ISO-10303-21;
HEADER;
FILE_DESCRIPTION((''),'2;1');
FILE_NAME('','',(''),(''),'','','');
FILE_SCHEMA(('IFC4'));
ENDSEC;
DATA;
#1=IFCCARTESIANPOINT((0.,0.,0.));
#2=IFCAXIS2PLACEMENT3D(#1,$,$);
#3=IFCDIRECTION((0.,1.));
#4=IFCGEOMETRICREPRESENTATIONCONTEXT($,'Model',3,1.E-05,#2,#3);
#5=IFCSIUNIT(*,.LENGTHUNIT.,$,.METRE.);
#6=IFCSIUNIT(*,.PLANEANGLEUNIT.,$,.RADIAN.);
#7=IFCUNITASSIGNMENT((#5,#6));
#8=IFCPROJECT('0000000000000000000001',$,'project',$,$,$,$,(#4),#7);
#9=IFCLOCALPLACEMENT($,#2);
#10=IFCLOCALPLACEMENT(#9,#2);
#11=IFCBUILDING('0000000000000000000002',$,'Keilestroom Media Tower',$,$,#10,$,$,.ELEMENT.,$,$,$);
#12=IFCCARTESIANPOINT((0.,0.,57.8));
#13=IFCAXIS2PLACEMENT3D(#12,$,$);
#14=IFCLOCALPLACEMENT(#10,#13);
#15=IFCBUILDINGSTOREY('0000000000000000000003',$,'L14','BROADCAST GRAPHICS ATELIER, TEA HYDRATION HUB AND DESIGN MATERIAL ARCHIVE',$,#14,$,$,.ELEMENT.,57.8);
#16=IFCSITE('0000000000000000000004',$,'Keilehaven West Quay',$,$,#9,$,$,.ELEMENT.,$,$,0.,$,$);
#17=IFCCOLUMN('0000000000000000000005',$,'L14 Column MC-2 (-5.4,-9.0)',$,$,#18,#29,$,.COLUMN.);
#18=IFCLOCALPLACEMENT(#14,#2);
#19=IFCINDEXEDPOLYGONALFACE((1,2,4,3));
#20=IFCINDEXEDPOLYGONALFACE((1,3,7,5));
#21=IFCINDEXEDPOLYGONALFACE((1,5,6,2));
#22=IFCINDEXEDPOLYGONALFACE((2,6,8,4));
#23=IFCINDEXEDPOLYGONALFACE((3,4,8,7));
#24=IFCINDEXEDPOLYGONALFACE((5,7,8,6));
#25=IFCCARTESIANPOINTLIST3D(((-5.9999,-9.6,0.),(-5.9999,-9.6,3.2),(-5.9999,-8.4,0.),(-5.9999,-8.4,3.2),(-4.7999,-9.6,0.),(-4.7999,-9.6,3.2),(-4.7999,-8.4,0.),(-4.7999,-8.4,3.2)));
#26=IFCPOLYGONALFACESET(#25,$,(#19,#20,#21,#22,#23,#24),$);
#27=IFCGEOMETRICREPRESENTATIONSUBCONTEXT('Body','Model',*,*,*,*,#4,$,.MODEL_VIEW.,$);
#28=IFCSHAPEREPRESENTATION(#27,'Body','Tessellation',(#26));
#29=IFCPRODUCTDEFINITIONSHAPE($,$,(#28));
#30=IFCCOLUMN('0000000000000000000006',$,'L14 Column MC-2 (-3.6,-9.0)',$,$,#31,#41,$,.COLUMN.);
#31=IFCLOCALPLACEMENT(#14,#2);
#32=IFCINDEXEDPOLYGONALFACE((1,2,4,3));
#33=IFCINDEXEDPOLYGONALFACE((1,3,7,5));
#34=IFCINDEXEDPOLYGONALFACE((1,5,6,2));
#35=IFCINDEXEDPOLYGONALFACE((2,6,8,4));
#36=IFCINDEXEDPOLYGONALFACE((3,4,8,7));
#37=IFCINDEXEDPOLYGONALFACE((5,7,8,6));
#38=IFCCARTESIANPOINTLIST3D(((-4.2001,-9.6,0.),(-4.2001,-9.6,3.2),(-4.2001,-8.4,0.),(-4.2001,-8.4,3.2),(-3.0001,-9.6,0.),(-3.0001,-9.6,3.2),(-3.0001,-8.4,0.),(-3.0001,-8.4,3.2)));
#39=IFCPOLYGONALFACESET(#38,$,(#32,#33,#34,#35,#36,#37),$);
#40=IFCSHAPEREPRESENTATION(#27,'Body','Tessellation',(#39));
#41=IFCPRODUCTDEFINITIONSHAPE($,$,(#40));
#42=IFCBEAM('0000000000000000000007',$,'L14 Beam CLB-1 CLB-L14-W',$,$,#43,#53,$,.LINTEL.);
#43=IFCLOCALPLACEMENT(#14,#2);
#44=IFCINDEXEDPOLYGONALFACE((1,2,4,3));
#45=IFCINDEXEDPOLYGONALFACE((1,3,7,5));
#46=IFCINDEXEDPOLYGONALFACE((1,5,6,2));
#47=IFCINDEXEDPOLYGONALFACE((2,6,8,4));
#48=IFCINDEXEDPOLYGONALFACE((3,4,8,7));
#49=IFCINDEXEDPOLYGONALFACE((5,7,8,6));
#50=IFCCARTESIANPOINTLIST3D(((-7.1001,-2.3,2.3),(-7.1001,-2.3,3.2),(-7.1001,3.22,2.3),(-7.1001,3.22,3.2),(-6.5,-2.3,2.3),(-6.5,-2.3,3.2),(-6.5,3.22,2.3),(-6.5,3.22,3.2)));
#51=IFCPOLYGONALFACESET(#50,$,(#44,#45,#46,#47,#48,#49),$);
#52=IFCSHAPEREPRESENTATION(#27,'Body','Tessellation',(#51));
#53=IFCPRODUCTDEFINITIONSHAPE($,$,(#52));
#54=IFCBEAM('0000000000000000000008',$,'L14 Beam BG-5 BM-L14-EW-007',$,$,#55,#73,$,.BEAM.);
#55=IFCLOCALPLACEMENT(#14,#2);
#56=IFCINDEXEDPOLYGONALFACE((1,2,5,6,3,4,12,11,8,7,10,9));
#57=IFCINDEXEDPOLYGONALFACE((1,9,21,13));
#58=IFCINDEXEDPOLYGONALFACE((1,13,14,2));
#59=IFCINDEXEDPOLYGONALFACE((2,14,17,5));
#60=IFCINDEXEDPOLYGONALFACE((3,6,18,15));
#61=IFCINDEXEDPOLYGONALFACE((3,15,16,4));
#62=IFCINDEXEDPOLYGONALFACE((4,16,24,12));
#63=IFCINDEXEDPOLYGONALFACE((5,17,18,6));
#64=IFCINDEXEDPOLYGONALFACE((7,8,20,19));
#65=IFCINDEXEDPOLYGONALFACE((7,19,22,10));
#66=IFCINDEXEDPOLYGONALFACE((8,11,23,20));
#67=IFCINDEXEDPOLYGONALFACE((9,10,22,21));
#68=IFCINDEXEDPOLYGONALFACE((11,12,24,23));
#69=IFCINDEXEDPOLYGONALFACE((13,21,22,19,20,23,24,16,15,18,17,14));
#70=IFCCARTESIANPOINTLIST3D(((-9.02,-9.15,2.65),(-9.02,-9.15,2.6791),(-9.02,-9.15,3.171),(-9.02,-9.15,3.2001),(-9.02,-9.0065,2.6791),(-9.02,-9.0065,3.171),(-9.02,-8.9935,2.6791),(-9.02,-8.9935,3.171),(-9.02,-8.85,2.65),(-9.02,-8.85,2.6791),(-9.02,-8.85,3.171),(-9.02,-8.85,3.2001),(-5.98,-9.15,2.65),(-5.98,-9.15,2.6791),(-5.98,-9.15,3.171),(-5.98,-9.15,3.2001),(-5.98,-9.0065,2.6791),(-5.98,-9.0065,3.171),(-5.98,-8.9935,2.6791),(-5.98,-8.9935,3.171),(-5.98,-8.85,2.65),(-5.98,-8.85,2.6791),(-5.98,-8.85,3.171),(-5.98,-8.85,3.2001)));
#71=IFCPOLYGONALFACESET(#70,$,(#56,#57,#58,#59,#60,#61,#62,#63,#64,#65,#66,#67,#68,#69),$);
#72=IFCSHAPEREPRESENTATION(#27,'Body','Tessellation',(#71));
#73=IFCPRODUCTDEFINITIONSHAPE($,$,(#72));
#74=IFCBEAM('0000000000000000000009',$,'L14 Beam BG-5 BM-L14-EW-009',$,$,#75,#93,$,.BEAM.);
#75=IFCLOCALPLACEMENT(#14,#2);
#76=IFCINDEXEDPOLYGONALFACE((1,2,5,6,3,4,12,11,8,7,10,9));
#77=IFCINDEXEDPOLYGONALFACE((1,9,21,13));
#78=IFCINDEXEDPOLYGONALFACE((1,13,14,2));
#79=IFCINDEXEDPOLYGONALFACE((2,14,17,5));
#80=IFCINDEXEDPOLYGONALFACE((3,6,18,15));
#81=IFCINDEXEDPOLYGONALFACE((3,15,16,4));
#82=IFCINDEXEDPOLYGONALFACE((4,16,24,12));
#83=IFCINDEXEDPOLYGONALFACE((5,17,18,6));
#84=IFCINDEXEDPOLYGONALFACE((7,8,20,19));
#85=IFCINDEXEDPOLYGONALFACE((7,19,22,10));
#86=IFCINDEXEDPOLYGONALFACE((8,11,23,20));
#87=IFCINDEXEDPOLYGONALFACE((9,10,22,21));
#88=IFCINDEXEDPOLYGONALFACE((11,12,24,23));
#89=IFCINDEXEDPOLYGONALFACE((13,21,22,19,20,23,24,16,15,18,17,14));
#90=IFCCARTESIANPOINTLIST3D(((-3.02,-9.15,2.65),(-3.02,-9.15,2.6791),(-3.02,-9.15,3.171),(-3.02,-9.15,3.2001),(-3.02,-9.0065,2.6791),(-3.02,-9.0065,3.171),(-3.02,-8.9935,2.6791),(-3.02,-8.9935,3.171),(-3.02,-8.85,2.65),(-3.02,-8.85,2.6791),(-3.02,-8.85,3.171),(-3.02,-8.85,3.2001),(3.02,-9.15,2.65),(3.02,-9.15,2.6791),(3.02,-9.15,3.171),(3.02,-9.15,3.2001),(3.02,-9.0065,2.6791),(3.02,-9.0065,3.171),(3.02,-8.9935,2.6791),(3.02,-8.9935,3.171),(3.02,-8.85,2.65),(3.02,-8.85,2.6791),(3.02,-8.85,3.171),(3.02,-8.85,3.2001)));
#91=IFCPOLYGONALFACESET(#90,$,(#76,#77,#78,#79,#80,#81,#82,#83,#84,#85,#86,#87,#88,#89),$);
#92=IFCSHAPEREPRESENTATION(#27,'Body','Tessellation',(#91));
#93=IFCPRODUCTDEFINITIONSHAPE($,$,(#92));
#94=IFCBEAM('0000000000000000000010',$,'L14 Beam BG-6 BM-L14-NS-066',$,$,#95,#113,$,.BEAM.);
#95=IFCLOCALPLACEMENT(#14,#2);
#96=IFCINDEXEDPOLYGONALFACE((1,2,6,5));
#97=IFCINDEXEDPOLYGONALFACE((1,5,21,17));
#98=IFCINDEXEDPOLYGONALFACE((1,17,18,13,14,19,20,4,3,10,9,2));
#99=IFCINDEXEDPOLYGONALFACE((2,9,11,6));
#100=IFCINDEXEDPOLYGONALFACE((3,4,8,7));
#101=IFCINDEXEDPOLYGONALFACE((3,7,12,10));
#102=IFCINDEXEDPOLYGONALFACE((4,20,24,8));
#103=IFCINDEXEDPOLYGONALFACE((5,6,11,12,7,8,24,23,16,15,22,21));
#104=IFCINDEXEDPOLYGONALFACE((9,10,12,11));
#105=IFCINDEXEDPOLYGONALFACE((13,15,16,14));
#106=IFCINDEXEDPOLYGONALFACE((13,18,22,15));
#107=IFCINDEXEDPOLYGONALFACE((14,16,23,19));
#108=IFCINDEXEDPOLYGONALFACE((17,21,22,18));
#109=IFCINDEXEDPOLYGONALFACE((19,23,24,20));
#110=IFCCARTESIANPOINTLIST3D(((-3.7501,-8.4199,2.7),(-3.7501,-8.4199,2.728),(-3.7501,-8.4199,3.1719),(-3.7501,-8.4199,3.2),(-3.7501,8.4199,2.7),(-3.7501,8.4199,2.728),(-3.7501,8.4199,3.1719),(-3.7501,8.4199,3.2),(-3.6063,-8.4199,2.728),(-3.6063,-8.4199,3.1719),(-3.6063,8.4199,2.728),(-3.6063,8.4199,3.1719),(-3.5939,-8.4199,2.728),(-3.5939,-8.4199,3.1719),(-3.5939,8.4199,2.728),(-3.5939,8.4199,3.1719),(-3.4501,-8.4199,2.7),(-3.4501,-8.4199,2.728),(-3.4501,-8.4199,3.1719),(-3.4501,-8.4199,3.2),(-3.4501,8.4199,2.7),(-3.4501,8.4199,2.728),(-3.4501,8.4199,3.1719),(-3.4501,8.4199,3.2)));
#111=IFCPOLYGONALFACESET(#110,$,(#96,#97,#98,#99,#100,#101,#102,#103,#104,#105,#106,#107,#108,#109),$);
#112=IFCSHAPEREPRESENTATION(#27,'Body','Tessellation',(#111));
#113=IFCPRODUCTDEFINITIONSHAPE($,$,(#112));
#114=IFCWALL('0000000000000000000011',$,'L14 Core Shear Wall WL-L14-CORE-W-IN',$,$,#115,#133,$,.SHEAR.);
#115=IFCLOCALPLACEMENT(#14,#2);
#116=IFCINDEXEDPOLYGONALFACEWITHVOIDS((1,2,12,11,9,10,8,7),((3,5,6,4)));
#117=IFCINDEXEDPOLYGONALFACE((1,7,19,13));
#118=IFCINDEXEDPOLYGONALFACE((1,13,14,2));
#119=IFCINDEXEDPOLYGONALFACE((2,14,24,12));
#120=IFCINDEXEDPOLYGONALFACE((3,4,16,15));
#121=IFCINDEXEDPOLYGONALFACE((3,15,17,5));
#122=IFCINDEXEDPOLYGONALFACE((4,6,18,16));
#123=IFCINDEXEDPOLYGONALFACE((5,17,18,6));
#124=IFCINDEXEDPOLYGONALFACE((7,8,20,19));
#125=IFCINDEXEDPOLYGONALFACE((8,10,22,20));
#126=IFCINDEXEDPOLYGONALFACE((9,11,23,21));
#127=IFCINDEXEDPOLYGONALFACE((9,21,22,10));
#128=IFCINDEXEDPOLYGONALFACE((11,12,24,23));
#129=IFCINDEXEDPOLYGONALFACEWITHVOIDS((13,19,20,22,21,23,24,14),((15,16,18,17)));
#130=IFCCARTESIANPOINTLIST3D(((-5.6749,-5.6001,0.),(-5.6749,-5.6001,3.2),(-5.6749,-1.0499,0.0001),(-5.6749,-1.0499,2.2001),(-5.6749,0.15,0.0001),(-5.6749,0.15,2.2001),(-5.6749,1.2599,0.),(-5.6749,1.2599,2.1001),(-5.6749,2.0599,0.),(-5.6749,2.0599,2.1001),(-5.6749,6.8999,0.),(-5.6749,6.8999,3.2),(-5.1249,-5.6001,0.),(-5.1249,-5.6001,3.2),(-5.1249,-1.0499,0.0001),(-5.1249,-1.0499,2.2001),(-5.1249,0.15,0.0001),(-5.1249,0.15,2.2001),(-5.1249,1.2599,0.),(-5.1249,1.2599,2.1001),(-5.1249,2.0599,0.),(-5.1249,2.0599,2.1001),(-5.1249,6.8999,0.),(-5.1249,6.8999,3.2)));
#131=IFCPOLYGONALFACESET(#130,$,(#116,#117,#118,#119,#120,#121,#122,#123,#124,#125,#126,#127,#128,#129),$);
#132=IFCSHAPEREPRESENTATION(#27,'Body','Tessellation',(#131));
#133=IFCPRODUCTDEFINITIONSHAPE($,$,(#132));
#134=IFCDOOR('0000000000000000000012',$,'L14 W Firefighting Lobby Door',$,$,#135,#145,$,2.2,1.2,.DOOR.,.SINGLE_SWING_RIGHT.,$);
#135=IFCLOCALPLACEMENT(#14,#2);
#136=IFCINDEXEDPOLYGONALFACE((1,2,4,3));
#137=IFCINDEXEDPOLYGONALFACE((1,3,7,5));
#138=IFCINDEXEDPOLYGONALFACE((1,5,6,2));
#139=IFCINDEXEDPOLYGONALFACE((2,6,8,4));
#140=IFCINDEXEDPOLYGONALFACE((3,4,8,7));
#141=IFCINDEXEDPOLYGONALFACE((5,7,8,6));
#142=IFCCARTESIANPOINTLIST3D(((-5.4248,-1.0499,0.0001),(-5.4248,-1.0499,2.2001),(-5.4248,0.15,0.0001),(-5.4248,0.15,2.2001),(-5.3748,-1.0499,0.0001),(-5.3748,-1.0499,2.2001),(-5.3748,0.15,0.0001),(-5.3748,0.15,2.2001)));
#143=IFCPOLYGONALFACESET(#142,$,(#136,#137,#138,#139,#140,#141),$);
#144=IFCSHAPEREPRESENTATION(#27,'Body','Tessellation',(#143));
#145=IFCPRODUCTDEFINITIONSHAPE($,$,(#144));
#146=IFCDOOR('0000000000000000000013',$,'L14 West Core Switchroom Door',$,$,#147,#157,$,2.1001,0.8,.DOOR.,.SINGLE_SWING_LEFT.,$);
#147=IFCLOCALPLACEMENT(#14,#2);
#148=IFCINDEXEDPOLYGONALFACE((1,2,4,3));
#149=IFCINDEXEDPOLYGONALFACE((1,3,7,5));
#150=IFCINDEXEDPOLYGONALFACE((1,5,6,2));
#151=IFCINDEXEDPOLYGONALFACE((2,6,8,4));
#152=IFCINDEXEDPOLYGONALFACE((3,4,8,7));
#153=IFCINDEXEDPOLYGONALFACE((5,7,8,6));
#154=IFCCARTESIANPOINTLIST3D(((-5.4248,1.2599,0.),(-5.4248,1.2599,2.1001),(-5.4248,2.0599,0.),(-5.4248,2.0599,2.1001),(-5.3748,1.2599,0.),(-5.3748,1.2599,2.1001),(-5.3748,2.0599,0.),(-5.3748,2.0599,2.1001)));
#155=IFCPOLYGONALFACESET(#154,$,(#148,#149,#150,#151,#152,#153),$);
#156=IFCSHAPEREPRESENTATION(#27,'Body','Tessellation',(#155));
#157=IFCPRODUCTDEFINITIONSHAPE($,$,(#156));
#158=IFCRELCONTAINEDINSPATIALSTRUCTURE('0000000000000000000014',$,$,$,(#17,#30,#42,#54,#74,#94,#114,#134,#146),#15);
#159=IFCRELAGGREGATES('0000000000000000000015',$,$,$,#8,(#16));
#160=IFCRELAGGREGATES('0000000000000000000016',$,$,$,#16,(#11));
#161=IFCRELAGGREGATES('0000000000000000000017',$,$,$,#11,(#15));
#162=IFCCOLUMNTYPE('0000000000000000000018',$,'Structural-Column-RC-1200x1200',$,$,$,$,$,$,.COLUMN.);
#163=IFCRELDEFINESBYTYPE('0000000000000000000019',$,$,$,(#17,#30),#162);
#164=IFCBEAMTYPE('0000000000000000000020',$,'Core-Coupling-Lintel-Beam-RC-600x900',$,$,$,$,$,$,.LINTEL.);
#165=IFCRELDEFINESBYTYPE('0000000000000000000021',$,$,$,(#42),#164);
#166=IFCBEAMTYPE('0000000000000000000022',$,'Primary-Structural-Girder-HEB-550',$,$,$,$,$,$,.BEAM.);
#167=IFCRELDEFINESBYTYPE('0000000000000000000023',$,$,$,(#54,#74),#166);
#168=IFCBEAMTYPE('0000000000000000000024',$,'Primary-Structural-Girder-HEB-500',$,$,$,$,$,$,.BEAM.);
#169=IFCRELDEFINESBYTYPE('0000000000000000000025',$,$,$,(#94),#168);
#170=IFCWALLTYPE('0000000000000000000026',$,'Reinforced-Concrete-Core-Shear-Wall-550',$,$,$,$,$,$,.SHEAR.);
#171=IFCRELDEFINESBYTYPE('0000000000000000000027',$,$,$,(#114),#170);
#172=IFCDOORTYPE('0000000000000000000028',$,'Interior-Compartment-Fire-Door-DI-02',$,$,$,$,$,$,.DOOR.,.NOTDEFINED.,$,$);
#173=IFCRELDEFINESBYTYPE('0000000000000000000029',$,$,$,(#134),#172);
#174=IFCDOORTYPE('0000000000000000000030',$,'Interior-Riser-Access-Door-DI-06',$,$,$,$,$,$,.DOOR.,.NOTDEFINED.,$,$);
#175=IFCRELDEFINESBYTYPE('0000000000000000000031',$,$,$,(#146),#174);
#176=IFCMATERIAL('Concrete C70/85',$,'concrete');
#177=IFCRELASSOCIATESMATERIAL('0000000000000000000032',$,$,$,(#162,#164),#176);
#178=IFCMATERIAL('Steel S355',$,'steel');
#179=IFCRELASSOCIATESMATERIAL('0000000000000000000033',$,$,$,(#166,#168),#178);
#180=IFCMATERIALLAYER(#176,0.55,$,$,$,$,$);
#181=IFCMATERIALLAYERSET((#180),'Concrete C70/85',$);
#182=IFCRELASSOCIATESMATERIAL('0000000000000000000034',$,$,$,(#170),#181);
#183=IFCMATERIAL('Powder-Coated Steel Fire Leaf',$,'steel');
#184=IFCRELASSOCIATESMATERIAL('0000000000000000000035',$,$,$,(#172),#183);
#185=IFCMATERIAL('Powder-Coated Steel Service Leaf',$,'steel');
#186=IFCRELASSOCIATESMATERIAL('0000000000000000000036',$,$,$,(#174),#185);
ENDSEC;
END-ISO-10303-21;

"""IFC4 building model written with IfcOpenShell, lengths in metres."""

from ifc_helpers import new_model, si_unit, direction, frame, frame_2d, origin, origin_2d, place, context, subcontext, project, spatial, rectangle, i_section, extrude, source, transform, mapped, material, layer, layer_set, material_profile, profile_set, type_object, element, fill, save


model = new_model("IFC4")

# Units and contexts
model_context = context("Model", 3, precision=1e-05, world=origin(), true_north=direction((0.0, 1.0)))
body_context = subcontext(model_context, "Body", "Model", "MODEL_VIEW")
ifc_project = project(units=[si_unit("LENGTHUNIT", "METRE"), si_unit("PLANEANGLEUNIT", "RADIAN")], contexts=[model_context])

# Site, building, storey
site_placement = place(None, origin())
site = spatial("IfcSite", under=ifc_project, at=site_placement, Name="Keilehaven West Quay", CompositionType="ELEMENT", RefElevation=0.0)
building_placement = place(site_placement, origin())
building = spatial("IfcBuilding", under=site, at=building_placement, Name="Keilestroom Media Tower", CompositionType="ELEMENT")
storey_placement = place(building_placement, frame((0.0, 0.0, 57.8)))
storey = spatial("IfcBuildingStorey", under=building, at=storey_placement, Name="L14", Description="BROADCAST GRAPHICS ATELIER, TEA HYDRATION HUB AND DESIGN MATERIAL ARCHIVE", CompositionType="ELEMENT", Elevation=57.8)

# Columns
ifc_material_1 = material(Name="Concrete C70/85", Category="concrete")
ifc_material_profile_1 = material_profile(ifc_material_1, rectangle(XDim=1.2, YDim=1.2, at=origin_2d()), Name="RC 1200x1200")
ifc_profile_set_1 = profile_set([ifc_material_profile_1], Name="Concrete C70/85")
column_type = type_object("IfcColumnType", Name="Structural-Column-RC-1200x1200", PredefinedType="COLUMN", material=ifc_profile_set_1)
shared_shape_1 = source(origin(), body_context, "Body", "SweptSolid", [
    extrude(rectangle(XDim=1.2, YDim=1.2, at=origin_2d()), origin(), (0.0, 0.0, 1.0), 3.2),
])
for number, where, z_axis, x_axis, name in (
    (1, (-5.3999, -9.0, 0.0), (0.0, 0.0, 1.0), (1.0, 0.0, 0.0), "L14 Column MC-2 (-5.4,-9.0)"),
    (2, (-3.6001, -9.0, 0.0), (0.0, 0.0, 1.0), (1.0, 0.0, 0.0), "L14 Column MC-2 (-3.6,-9.0)"),
):
    element("IfcColumn", number, at=place(storey_placement, frame(where, z_axis=z_axis, x_axis=x_axis)), inside=storey, type_object=column_type, Name=name, PredefinedType="COLUMN", context=body_context, shape_type="MappedRepresentation", body=[
        mapped(shared_shape_1, transform((0.0, 0.0, 0.0), x_axis=(1.0, 0.0, 0.0), y_axis=(0.0, 1.0, 0.0), z_axis=(0.0, 0.0, 1.0), scale=1.0)),
    ])

# Beams
ifc_material_profile_2 = material_profile(ifc_material_1, rectangle(XDim=0.6001, YDim=0.8999, at=origin_2d()), Name="RC 600x900")
ifc_profile_set_2 = profile_set([ifc_material_profile_2], Name="Concrete C70/85")
beam_type_1 = type_object("IfcBeamType", Name="Core-Coupling-Lintel-Beam-RC-600x900", PredefinedType="LINTEL", material=ifc_profile_set_2)
shared_shape_2 = source(origin(), body_context, "Body", "SweptSolid", [
    extrude(rectangle(XDim=0.6001, YDim=0.8999, at=origin_2d()), origin(), (0.0, 0.0, 1.0), 5.52),
])
beam_1_placement = place(storey_placement, frame((-6.8, -2.3, 2.75), z_axis=(0.0, 1.0, 0.0), x_axis=(-1.0, 0.0, 0.0)))
element("IfcBeam", 3, at=beam_1_placement, inside=storey, type_object=beam_type_1, Name="L14 Beam CLB-1 CLB-L14-W", PredefinedType="LINTEL", context=body_context, shape_type="MappedRepresentation", body=[
    mapped(shared_shape_2, transform((0.0, 0.0, 0.0), x_axis=(1.0, 0.0, 0.0), y_axis=(0.0, 1.0, 0.0), z_axis=(0.0, 0.0, 1.0), scale=1.0)),
])
ifc_material_2 = material(Name="Steel S355", Category="steel")
ifc_material_profile_3 = material_profile(ifc_material_2, i_section(OverallWidth=0.3, OverallDepth=0.55, WebThickness=0.0129, FlangeThickness=0.0291, at=origin_2d()), Name="HEB 550")
ifc_profile_set_3 = profile_set([ifc_material_profile_3], Name="Steel S355")
beam_type_2 = type_object("IfcBeamType", Name="Primary-Structural-Girder-HEB-550", PredefinedType="BEAM", material=ifc_profile_set_3)
shared_shape_3 = source(origin(), body_context, "Body", "SweptSolid", [
    extrude(i_section(OverallWidth=0.3, OverallDepth=0.55, WebThickness=0.0129, FlangeThickness=0.0291, at=origin_2d()), origin(), (0.0, 0.0, 1.0), 3.04),
])
beam_2_placement = place(storey_placement, frame((-9.02, -9.0, 2.925), z_axis=(1.0, 0.0, 0.0), x_axis=(0.0, 1.0, 0.0)))
element("IfcBeam", 4, at=beam_2_placement, inside=storey, type_object=beam_type_2, Name="L14 Beam BG-5 BM-L14-EW-007", PredefinedType="BEAM", context=body_context, shape_type="MappedRepresentation", body=[
    mapped(shared_shape_3, transform((0.0, 0.0, 0.0), x_axis=(1.0, 0.0, 0.0), y_axis=(0.0, 1.0, 0.0), z_axis=(0.0, 0.0, 1.0), scale=1.0)),
])
shared_shape_4 = source(origin(), body_context, "Body", "SweptSolid", [
    extrude(i_section(OverallWidth=0.3, OverallDepth=0.55, WebThickness=0.0129, FlangeThickness=0.0291, at=origin_2d()), origin(), (0.0, 0.0, 1.0), 6.04),
])
beam_3_placement = place(storey_placement, frame((-3.02, -9.0, 2.925), z_axis=(1.0, 0.0, 0.0), x_axis=(0.0, 1.0, 0.0)))
element("IfcBeam", 5, at=beam_3_placement, inside=storey, type_object=beam_type_2, Name="L14 Beam BG-5 BM-L14-EW-009", PredefinedType="BEAM", context=body_context, shape_type="MappedRepresentation", body=[
    mapped(shared_shape_4, transform((0.0, 0.0, 0.0), x_axis=(1.0, 0.0, 0.0), y_axis=(0.0, 1.0, 0.0), z_axis=(0.0, 0.0, 1.0), scale=1.0)),
])
ifc_material_profile_4 = material_profile(ifc_material_2, i_section(OverallWidth=0.3, OverallDepth=0.5, WebThickness=0.0125, FlangeThickness=0.0281, at=origin_2d()), Name="HEB 500")
ifc_profile_set_4 = profile_set([ifc_material_profile_4], Name="Steel S355")
beam_type_3 = type_object("IfcBeamType", Name="Primary-Structural-Girder-HEB-500", PredefinedType="BEAM", material=ifc_profile_set_4)
shared_shape_5 = source(origin(), body_context, "Body", "SweptSolid", [
    extrude(i_section(OverallWidth=0.3, OverallDepth=0.5, WebThickness=0.0125, FlangeThickness=0.0281, at=origin_2d()), origin(), (0.0, 0.0, 1.0), 16.8398),
])
beam_4_placement = place(storey_placement, frame((-3.6001, -8.4199, 2.95), z_axis=(0.0, 1.0, 0.0), x_axis=(-1.0, 0.0, 0.0)))
element("IfcBeam", 6, at=beam_4_placement, inside=storey, type_object=beam_type_3, Name="L14 Beam BG-6 BM-L14-NS-066", PredefinedType="BEAM", context=body_context, shape_type="MappedRepresentation", body=[
    mapped(shared_shape_5, transform((0.0, 0.0, 0.0), x_axis=(1.0, 0.0, 0.0), y_axis=(0.0, 1.0, 0.0), z_axis=(0.0, 0.0, 1.0), scale=1.0)),
])

# Wall, openings, doors
ifc_layer_1 = layer(ifc_material_1, 0.55)
ifc_layer_set_1 = layer_set([ifc_layer_1], Name="Concrete C70/85")
wall_type_1 = type_object("IfcWallType", Name="Reinforced-Concrete-Core-Shear-Wall-550", PredefinedType="SHEAR", material=ifc_layer_set_1)
wall_1_placement = place(storey_placement, frame((-5.3999, -5.6001, 0.0), z_axis=(0.0, 0.0, 1.0), x_axis=(0.0, 1.0, 0.0)))
wall_1 = element("IfcWall", 7, at=wall_1_placement, inside=storey, type_object=wall_type_1, Name="L14 Core Shear Wall WL-L14-CORE-W-IN", PredefinedType="SHEAR", context=body_context, shape_type="SweptSolid", body=[
    extrude(rectangle(XDim=12.5, YDim=0.55, at=frame_2d((6.25, 0.0))), origin(), (0.0, 0.0, 1.0), 3.2),
])
opening_1_placement = place(wall_1_placement, frame((4.55, 0.0, 0.0)))
opening_1 = element("IfcOpeningElement", 8, at=opening_1_placement, cuts=wall_1, PredefinedType="OPENING", context=body_context, shape_type="SweptSolid", body=[
    extrude(rectangle(XDim=1.2, YDim=2.2, at=frame_2d((0.6001, 1.1001))), frame((0.0, 0.2852, 0.0), z_axis=(0.0, -1.0, 0.0), x_axis=(1.0, 0.0, 0.0)), (0.0, 0.0, 1.0), 0.5701),
])
opening_2_placement = place(wall_1_placement, frame((6.8601, 0.0, 0.0)))
opening_2 = element("IfcOpeningElement", 9, at=opening_2_placement, cuts=wall_1, PredefinedType="OPENING", context=body_context, shape_type="SweptSolid", body=[
    extrude(rectangle(XDim=0.8, YDim=2.1001, at=frame_2d((0.3999, 1.05))), frame((0.0, 0.2852, 0.0), z_axis=(0.0, -1.0, 0.0), x_axis=(1.0, 0.0, 0.0)), (0.0, 0.0, 1.0), 0.5701),
])
ifc_material_3 = material(Name="Powder-Coated Steel Fire Leaf", Category="steel")
door_type_1 = type_object("IfcDoorType", Name="Interior-Compartment-Fire-Door-DI-02", OperationType="NOTDEFINED", PredefinedType="DOOR", material=ifc_material_3)
shared_shape_6 = source(origin(), body_context, "Body", "SweptSolid", [
    extrude(rectangle(XDim=1.2, YDim=2.2, at=frame_2d((0.6001, 1.1001))), frame((0.0, 0.0249, 0.0), z_axis=(0.0, -1.0, 0.0), x_axis=(1.0, 0.0, 0.0)), (0.0, 0.0, 1.0), 0.05),
])
door_1_placement = place(opening_1_placement, origin())
door_1 = element("IfcDoor", 10, at=door_1_placement, inside=storey, type_object=door_type_1, Name="L14 W Firefighting Lobby Door", OperationType="SINGLE_SWING_RIGHT", OverallHeight=2.2, OverallWidth=1.2, PredefinedType="DOOR", context=body_context, shape_type="MappedRepresentation", body=[
    mapped(shared_shape_6, transform((0.0, 0.0, 0.0), x_axis=(1.0, 0.0, 0.0), y_axis=(0.0, 1.0, 0.0), z_axis=(0.0, 0.0, 1.0), scale=1.0)),
])
fill(opening_1, door_1)
ifc_material_4 = material(Name="Powder-Coated Steel Service Leaf", Category="steel")
door_type_2 = type_object("IfcDoorType", Name="Interior-Riser-Access-Door-DI-06", OperationType="NOTDEFINED", PredefinedType="DOOR", material=ifc_material_4)
shared_shape_7 = source(origin(), body_context, "Body", "SweptSolid", [
    extrude(rectangle(XDim=0.8, YDim=2.1001, at=frame_2d((0.3999, 1.05))), frame((0.0, 0.0249, 0.0), z_axis=(0.0, -1.0, 0.0), x_axis=(1.0, 0.0, 0.0)), (0.0, 0.0, 1.0), 0.05),
])
door_2_placement = place(opening_2_placement, origin())
door_2 = element("IfcDoor", 11, at=door_2_placement, inside=storey, type_object=door_type_2, Name="L14 West Core Switchroom Door", OperationType="SINGLE_SWING_LEFT", OverallHeight=2.1001, OverallWidth=0.8, PredefinedType="DOOR", context=body_context, shape_type="MappedRepresentation", body=[
    mapped(shared_shape_7, transform((0.0, 0.0, 0.0), x_axis=(1.0, 0.0, 0.0), y_axis=(0.0, 1.0, 0.0), z_axis=(0.0, 0.0, 1.0), scale=1.0)),
])
fill(opening_2, door_2)

save(model, "model.ifc")
